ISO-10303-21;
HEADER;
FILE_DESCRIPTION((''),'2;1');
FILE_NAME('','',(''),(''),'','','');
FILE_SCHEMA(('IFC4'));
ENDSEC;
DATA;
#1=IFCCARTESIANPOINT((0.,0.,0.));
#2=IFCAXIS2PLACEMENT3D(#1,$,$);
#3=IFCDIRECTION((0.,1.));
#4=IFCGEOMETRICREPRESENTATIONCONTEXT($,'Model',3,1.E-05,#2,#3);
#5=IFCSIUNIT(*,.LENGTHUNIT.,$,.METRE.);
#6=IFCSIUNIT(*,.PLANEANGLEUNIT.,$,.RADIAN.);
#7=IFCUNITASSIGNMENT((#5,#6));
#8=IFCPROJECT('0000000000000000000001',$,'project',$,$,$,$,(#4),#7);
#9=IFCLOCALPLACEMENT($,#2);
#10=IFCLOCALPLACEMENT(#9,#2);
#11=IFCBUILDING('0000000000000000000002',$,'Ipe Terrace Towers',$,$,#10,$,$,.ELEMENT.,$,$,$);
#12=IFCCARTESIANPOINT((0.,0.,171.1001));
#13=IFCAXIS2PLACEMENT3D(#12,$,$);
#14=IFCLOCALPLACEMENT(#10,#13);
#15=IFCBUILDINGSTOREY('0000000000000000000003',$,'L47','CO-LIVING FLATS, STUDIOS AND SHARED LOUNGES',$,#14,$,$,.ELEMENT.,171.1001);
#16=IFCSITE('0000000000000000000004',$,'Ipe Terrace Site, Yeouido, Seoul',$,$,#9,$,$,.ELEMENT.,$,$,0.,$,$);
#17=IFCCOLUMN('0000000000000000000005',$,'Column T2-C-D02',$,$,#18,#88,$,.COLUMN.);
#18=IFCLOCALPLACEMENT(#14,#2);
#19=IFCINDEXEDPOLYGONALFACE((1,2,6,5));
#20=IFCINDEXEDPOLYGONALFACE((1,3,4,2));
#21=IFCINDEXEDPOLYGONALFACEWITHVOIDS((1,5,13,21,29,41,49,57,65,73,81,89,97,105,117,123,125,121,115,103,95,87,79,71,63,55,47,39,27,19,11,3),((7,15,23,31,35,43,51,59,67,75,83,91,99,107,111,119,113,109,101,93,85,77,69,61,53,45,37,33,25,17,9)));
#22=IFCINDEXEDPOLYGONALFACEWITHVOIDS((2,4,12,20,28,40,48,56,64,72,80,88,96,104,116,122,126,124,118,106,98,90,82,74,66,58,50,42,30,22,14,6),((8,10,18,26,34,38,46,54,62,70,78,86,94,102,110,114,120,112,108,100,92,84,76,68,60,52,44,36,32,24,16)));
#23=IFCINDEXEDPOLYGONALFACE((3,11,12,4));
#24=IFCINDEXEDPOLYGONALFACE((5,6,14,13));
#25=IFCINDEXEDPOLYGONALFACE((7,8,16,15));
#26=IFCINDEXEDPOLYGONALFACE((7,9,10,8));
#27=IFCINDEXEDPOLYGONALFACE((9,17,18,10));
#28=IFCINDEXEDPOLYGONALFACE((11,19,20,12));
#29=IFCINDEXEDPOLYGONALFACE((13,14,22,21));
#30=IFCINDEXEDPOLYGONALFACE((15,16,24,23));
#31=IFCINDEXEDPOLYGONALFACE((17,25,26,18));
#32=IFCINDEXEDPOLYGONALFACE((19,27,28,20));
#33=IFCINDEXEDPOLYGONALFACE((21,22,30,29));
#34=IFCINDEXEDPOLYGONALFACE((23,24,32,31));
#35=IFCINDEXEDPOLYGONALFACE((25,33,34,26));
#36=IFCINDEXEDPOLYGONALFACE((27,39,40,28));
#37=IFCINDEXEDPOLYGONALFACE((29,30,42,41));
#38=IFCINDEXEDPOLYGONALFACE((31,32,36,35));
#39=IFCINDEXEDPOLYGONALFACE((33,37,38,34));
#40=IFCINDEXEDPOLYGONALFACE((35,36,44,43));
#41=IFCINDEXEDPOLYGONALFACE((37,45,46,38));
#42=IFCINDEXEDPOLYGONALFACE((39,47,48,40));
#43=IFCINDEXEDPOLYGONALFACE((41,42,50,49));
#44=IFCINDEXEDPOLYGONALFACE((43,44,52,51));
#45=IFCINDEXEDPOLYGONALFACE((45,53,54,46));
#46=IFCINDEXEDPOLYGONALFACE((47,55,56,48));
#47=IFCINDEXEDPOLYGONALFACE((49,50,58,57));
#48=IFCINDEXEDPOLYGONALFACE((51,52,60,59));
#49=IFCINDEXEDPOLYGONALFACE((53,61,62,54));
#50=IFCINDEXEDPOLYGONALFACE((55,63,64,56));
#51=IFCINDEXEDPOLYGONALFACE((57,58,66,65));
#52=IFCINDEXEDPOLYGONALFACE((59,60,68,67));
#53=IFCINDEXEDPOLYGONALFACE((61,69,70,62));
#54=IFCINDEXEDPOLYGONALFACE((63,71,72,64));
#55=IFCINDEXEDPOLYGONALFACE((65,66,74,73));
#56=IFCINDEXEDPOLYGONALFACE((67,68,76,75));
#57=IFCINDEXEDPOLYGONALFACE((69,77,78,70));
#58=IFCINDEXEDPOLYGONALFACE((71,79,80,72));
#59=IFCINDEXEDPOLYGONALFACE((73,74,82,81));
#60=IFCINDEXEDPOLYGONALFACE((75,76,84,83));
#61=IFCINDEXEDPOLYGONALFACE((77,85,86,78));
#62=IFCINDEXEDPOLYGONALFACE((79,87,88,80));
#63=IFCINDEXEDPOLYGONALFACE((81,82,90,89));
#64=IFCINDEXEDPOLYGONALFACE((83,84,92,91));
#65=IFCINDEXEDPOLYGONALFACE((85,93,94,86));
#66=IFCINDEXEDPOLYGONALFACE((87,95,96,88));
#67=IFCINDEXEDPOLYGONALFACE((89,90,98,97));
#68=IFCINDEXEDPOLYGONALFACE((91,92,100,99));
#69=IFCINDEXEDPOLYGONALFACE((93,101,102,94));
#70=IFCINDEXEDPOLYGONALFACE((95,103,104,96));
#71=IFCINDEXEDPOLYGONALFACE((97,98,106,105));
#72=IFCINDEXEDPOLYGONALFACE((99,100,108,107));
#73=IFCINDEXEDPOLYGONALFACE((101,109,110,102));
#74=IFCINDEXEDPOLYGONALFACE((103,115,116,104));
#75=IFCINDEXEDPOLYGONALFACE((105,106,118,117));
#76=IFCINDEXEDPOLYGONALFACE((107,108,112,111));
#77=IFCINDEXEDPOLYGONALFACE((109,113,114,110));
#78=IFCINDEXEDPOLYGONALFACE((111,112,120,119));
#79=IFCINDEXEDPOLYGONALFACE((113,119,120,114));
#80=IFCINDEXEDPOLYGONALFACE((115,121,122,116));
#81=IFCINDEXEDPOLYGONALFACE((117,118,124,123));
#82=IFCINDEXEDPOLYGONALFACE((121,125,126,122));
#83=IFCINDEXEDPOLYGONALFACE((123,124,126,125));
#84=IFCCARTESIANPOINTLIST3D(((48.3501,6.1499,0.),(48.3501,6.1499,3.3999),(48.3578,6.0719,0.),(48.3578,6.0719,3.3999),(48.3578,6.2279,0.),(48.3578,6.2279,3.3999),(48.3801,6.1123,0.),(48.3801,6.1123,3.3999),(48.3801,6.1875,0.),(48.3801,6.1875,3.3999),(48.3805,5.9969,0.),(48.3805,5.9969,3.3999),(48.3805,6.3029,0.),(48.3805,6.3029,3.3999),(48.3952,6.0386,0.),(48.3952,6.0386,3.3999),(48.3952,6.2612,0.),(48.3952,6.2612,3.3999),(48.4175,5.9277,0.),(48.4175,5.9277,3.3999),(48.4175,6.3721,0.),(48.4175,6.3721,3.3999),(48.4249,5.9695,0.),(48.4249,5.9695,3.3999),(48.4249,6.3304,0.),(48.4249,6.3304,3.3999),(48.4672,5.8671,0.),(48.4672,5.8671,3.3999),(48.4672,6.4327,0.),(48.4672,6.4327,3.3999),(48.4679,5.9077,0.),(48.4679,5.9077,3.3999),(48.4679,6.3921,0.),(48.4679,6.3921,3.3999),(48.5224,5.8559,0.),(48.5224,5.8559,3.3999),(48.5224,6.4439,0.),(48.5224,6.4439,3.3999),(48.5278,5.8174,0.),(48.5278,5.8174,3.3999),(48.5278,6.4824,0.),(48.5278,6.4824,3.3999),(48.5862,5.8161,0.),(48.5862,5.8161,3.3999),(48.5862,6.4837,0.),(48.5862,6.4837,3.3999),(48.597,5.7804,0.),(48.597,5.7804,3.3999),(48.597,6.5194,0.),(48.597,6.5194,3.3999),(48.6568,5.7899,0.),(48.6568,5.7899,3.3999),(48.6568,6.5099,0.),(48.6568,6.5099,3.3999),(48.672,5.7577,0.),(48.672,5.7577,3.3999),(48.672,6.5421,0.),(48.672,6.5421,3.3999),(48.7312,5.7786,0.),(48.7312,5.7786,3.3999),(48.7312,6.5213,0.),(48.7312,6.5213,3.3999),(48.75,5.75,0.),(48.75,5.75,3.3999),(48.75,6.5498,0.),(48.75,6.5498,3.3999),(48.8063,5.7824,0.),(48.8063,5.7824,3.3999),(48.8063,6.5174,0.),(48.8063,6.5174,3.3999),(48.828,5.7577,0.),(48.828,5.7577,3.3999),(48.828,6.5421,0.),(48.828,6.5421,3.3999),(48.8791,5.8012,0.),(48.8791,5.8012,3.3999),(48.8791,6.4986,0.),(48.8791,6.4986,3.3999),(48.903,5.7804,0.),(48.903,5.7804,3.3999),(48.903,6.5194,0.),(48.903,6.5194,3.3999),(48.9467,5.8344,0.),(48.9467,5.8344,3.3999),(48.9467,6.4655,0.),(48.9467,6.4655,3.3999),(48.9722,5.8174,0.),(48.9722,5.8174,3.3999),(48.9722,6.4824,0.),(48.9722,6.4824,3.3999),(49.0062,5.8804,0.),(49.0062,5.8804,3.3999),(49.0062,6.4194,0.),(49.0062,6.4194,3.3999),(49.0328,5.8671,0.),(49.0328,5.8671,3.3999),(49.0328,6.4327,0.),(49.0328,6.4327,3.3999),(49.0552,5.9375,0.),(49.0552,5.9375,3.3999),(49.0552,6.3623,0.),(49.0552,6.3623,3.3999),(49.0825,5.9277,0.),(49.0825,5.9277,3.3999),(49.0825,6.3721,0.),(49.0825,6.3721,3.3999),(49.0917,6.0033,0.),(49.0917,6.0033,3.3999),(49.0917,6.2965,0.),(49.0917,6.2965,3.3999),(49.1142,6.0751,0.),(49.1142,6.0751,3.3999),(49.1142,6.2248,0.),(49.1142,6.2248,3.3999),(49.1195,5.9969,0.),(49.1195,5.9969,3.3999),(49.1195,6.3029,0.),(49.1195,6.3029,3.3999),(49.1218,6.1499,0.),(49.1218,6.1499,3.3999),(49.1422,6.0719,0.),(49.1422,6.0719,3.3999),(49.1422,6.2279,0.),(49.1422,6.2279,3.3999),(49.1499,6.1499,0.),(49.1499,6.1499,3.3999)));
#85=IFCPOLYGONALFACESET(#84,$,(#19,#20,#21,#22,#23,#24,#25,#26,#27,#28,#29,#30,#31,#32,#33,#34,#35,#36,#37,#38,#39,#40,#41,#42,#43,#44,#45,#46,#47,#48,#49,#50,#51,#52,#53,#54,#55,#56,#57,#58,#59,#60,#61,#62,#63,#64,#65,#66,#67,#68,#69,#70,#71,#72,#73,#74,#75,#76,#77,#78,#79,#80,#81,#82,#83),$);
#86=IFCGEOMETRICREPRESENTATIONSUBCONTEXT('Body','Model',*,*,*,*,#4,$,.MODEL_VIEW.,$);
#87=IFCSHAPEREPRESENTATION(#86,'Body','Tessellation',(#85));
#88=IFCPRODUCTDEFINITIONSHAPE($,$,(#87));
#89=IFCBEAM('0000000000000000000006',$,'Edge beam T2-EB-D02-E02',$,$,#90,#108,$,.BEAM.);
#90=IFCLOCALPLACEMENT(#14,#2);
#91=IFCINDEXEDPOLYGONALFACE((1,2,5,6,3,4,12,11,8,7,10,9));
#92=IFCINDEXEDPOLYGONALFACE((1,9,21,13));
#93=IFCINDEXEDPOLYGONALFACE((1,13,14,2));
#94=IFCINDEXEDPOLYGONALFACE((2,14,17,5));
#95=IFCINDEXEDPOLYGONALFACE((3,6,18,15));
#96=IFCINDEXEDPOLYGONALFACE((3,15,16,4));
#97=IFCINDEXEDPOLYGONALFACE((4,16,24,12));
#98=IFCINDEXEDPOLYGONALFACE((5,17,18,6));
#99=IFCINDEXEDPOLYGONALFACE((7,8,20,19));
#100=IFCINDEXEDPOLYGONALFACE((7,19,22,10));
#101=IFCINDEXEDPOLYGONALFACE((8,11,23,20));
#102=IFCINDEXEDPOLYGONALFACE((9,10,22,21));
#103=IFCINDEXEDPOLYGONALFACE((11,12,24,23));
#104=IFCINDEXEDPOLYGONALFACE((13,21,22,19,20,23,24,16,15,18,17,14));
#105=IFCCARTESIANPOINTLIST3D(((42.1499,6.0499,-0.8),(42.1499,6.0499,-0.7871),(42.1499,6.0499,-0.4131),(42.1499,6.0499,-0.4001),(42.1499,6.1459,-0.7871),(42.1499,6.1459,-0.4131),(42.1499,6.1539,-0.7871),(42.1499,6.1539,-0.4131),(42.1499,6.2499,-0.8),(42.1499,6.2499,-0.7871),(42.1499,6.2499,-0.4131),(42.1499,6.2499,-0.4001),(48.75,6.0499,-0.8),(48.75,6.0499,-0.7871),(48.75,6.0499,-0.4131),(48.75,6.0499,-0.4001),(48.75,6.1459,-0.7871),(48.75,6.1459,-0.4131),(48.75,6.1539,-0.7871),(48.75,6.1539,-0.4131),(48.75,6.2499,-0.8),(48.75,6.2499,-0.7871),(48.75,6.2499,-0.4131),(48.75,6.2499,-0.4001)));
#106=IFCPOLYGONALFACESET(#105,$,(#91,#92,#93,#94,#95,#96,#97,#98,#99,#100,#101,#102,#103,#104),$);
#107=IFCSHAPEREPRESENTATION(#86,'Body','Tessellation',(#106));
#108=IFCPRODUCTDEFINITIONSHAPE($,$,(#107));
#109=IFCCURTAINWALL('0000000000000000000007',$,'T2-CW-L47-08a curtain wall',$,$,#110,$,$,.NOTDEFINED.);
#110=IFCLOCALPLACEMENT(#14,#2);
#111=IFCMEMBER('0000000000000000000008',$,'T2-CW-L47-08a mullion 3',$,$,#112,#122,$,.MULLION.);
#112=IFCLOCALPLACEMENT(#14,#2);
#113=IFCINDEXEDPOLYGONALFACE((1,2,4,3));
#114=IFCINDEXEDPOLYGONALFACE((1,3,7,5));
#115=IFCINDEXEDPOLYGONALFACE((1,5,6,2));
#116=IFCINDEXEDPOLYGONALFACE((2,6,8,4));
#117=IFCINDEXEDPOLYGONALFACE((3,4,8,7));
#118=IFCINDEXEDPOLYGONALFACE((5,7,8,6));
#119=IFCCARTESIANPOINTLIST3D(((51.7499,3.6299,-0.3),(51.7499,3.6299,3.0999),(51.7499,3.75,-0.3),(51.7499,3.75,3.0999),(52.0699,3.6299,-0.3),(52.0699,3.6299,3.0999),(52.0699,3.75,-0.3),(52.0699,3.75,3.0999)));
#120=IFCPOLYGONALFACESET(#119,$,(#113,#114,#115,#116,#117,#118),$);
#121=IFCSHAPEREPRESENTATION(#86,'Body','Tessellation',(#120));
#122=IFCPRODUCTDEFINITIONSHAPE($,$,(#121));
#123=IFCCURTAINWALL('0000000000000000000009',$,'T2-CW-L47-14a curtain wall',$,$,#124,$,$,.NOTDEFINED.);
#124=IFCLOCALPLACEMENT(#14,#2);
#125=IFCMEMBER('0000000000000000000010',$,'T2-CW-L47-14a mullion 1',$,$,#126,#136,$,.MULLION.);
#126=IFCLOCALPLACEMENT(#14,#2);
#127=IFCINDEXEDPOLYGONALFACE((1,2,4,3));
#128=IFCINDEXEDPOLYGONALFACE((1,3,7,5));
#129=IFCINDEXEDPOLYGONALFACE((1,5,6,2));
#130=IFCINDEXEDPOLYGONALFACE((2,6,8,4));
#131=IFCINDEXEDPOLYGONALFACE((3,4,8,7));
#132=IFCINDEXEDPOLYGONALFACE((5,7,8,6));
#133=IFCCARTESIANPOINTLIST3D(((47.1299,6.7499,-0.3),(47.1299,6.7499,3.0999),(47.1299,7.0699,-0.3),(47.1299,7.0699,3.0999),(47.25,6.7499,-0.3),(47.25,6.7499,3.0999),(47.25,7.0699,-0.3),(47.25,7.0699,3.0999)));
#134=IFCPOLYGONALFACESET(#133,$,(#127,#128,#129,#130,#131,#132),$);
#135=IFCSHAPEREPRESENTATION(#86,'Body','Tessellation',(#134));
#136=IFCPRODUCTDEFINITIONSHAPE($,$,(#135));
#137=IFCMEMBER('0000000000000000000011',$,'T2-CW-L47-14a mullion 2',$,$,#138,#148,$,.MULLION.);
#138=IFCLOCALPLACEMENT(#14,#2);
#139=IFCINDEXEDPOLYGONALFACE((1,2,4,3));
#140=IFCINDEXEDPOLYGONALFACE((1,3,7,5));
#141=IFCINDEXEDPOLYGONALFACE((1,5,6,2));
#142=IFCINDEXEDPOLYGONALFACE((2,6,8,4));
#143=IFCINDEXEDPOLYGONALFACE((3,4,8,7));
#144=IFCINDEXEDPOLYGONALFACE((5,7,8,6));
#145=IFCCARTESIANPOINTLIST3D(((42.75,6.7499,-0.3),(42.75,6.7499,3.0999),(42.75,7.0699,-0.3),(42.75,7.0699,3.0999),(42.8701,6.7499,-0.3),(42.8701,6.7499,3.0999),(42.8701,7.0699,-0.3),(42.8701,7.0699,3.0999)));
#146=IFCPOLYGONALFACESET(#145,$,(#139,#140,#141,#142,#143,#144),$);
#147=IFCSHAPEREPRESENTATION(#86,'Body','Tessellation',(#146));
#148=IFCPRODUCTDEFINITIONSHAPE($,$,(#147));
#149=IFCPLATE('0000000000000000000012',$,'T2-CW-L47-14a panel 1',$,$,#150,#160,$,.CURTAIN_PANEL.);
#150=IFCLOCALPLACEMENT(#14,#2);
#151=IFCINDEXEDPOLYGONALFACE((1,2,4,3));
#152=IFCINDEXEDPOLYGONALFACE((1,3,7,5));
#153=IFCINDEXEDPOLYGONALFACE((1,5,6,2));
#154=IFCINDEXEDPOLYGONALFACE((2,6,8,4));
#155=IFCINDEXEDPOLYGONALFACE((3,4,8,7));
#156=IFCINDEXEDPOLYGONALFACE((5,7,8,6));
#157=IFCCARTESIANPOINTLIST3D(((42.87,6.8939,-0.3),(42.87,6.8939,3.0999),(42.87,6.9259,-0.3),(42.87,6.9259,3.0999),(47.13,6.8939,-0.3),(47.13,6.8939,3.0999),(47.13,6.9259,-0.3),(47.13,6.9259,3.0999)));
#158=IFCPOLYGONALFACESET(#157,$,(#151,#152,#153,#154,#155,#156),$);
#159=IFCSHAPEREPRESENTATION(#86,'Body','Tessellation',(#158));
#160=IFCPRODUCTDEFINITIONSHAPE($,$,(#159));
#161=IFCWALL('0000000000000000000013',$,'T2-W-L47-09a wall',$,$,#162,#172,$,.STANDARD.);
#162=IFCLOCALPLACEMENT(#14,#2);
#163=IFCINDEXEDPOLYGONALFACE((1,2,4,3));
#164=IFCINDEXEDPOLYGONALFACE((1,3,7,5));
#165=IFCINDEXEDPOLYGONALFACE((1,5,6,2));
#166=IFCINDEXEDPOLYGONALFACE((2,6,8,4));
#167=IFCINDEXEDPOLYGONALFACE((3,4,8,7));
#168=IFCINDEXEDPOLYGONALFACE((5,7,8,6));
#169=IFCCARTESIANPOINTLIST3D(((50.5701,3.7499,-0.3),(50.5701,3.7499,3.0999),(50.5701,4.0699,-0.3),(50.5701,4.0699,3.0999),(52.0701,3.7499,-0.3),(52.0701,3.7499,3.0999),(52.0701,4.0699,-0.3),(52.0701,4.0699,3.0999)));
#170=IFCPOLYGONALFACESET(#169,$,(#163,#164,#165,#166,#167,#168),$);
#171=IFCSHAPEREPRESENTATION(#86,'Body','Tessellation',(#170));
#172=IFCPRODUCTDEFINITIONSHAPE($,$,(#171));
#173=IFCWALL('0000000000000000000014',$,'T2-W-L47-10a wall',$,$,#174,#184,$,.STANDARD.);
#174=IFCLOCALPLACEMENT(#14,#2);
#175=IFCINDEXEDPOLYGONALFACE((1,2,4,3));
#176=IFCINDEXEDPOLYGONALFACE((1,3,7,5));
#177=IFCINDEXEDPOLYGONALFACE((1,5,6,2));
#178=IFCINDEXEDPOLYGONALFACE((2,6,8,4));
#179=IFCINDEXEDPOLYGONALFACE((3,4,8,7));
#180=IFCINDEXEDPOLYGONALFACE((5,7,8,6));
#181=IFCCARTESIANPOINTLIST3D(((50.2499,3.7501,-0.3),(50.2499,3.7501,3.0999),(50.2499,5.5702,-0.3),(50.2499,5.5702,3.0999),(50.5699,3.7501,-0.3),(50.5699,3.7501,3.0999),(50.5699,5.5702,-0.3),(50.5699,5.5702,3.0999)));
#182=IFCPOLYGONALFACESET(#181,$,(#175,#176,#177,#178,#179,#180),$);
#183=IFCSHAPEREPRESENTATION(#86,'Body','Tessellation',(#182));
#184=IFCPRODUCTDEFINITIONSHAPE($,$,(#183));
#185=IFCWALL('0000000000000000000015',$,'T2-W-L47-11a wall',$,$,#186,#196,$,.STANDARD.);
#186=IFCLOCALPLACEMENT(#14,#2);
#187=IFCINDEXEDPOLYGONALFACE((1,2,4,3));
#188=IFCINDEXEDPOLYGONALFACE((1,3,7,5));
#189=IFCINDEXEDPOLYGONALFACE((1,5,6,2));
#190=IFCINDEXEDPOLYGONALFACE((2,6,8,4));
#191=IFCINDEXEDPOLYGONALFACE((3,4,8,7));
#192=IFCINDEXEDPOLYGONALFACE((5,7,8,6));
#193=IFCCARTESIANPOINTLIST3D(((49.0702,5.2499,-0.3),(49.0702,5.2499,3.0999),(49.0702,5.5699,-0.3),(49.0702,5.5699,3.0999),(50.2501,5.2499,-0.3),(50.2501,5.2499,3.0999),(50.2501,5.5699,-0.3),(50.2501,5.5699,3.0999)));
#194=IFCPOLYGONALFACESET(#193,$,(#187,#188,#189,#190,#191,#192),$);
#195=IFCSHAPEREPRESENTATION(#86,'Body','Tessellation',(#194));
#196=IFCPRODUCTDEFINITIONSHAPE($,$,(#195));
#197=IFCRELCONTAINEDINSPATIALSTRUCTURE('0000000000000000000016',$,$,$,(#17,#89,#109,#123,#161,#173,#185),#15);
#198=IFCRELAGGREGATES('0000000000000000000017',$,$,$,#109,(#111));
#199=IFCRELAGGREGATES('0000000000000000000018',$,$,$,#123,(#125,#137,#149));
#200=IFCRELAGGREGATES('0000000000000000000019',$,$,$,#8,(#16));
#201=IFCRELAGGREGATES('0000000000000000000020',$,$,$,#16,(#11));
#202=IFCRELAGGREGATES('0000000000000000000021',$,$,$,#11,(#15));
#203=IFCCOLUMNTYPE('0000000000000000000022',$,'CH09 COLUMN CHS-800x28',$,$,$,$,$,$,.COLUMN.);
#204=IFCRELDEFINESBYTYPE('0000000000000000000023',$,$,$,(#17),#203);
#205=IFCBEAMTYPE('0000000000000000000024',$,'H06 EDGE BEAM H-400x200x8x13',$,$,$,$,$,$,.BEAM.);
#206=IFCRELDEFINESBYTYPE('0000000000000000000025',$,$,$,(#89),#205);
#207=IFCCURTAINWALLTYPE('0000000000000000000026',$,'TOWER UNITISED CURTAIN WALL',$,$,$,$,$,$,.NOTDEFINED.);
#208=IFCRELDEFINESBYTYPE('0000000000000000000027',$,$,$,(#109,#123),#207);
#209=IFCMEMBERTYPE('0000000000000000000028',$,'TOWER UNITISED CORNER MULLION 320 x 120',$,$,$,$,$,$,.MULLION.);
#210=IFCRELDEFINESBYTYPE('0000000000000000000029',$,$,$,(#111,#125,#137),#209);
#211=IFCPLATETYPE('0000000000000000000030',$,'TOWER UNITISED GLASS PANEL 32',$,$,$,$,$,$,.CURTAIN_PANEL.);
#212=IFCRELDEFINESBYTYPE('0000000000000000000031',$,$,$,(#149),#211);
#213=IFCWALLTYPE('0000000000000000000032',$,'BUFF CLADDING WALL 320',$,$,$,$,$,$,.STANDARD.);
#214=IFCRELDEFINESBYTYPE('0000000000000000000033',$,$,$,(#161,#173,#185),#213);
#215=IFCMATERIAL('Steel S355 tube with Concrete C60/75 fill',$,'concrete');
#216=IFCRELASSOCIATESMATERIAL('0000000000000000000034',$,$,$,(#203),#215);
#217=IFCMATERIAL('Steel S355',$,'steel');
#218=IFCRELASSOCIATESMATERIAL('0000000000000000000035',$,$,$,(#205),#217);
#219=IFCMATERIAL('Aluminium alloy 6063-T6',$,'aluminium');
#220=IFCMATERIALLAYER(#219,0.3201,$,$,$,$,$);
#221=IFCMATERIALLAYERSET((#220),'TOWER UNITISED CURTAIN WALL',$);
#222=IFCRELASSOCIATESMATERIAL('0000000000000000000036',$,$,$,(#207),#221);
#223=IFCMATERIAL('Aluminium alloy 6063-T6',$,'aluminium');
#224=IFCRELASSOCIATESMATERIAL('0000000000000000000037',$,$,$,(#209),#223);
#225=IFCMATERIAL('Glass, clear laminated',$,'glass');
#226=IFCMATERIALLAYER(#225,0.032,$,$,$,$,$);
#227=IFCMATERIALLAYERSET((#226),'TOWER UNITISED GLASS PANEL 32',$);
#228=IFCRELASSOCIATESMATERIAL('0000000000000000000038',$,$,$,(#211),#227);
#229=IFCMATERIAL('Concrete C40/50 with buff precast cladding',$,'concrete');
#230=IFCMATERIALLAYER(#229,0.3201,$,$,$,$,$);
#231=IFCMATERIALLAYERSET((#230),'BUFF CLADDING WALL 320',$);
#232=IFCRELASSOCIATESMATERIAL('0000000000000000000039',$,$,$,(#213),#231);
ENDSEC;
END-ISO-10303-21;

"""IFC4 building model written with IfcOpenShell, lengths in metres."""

from ifc_helpers import new_model, si_unit, direction, frame, frame_2d, origin, origin_2d, place, context, subcontext, project, spatial, rectangle, hollow_circle, i_section, extrude, material, layer, layer_set, material_profile, profile_set, type_object, element, aggregate, save


model = new_model("IFC4")

# Units and contexts
model_context = context("Model", 3, precision=1e-05, world=origin(), true_north=direction((0.0, 1.0)))
body_context = subcontext(model_context, "Body", "Model", "MODEL_VIEW")
ifc_project = project(units=[si_unit("LENGTHUNIT", "METRE"), si_unit("PLANEANGLEUNIT", "RADIAN")], contexts=[model_context])

# Site, building, storey
site_placement = place(None, origin())
site = spatial("IfcSite", under=ifc_project, at=site_placement, Name="Ipe Terrace Site, Yeouido, Seoul", CompositionType="ELEMENT", RefElevation=0.0)
building_placement = place(site_placement, origin())
building = spatial("IfcBuilding", under=site, at=building_placement, Name="Ipe Terrace Towers", CompositionType="ELEMENT")
storey_placement = place(building_placement, frame((0.0, 0.0, 171.1001)))
storey = spatial("IfcBuildingStorey", under=building, at=storey_placement, Name="L47", Description="CO-LIVING FLATS, STUDIOS AND SHARED LOUNGES", CompositionType="ELEMENT", Elevation=171.1001)

# Column
ifc_material_1 = material(Name="Steel S355 tube with Concrete C60/75 fill", Category="concrete")
ifc_material_profile_1 = material_profile(ifc_material_1, hollow_circle(Radius=0.3999, WallThickness=0.0281, at=origin_2d()), Name="CHS-800x28")
ifc_profile_set_1 = profile_set([ifc_material_profile_1], Name="Steel S355 tube with Concrete C60/75 fill")
column_type = type_object("IfcColumnType", Name="CH09 COLUMN CHS-800x28", PredefinedType="COLUMN", material=ifc_profile_set_1)
column_placement = place(storey_placement, frame((48.75, 6.1499, 0.0), z_axis=(0.0, 0.0, 1.0), x_axis=(1.0, 0.0, 0.0)))
element("IfcColumn", 1, at=column_placement, inside=storey, type_object=column_type, Name="Column T2-C-D02", PredefinedType="COLUMN", context=body_context, shape_type="SweptSolid", body=[
    extrude(hollow_circle(Radius=0.3999, WallThickness=0.0281, at=origin_2d()), origin(), (0.0, 0.0, 1.0), 3.3999),
])

# Beam
ifc_material_2 = material(Name="Steel S355", Category="steel")
ifc_material_profile_2 = material_profile(ifc_material_2, i_section(OverallWidth=0.2, OverallDepth=0.3999, WebThickness=0.0081, FlangeThickness=0.0129, at=origin_2d()), Name="H-400x200x8x13")
ifc_profile_set_2 = profile_set([ifc_material_profile_2], Name="Steel S355")
beam_type = type_object("IfcBeamType", Name="H06 EDGE BEAM H-400x200x8x13", PredefinedType="BEAM", material=ifc_profile_set_2)
beam_placement = place(storey_placement, frame((48.75, 6.1499, -0.6001), z_axis=(-1.0, 0.0, 0.0), x_axis=(0.0, -1.0, 0.0)))
element("IfcBeam", 2, at=beam_placement, inside=storey, type_object=beam_type, Name="Edge beam T2-EB-D02-E02", PredefinedType="BEAM", context=body_context, shape_type="SweptSolid", body=[
    extrude(i_section(OverallWidth=0.2, OverallDepth=0.3999, WebThickness=0.0081, FlangeThickness=0.0129, at=origin_2d()), origin(), (0.0, 0.0, 1.0), 6.6001),
])

# Curtain wall, member
ifc_material_3 = material(Name="Aluminium alloy 6063-T6", Category="aluminium")
ifc_layer_1 = layer(ifc_material_3, 0.3201)
ifc_layer_set_1 = layer_set([ifc_layer_1], Name="TOWER UNITISED CURTAIN WALL")
curtain_wall_type = type_object("IfcCurtainWallType", Name="TOWER UNITISED CURTAIN WALL", PredefinedType="NOTDEFINED", material=ifc_layer_set_1)
curtain_wall_1_placement = place(storey_placement, origin())
curtain_wall_1 = element("IfcCurtainWall", 3, at=curtain_wall_1_placement, inside=storey, type_object=curtain_wall_type, Name="T2-CW-L47-08a curtain wall", PredefinedType="NOTDEFINED")
ifc_material_4 = material(Name="Aluminium alloy 6063-T6", Category="aluminium")
ifc_material_profile_3 = material_profile(ifc_material_4, rectangle(XDim=0.3201, YDim=0.1201, at=origin_2d()), Name="TOWER UNITISED CORNER MULLION 320 x 120")
ifc_profile_set_3 = profile_set([ifc_material_profile_3], Name="Aluminium alloy 6063-T6")
member_type = type_object("IfcMemberType", Name="TOWER UNITISED CORNER MULLION 320 x 120", PredefinedType="MULLION", material=ifc_profile_set_3)
member_1_placement = place(storey_placement, frame((51.9099, 3.6899, -0.3), z_axis=(0.0, 0.0, 1.0), x_axis=(1.0, 0.0, 0.0)))
member_1 = element("IfcMember", 4, at=member_1_placement, type_object=member_type, Name="T2-CW-L47-08a mullion 3", PredefinedType="MULLION", context=body_context, shape_type="SweptSolid", body=[
    extrude(rectangle(XDim=0.3201, YDim=0.1201, at=origin_2d()), origin(), (0.0, 0.0, 1.0), 3.3999),
])
aggregate(curtain_wall_1, [member_1])

# Curtain wall, members, plate
curtain_wall_2_placement = place(storey_placement, origin())
curtain_wall_2 = element("IfcCurtainWall", 5, at=curtain_wall_2_placement, inside=storey, type_object=curtain_wall_type, Name="T2-CW-L47-14a curtain wall", PredefinedType="NOTDEFINED")
member_2_placement = place(storey_placement, frame((47.1899, 6.9099, -0.3), z_axis=(0.0, 0.0, 1.0), x_axis=(0.0, 1.0, 0.0)))
member_2 = element("IfcMember", 6, at=member_2_placement, type_object=member_type, Name="T2-CW-L47-14a mullion 1", PredefinedType="MULLION", context=body_context, shape_type="SweptSolid", body=[
    extrude(rectangle(XDim=0.3201, YDim=0.1201, at=origin_2d()), origin(), (0.0, 0.0, 1.0), 3.3999),
])
member_3_placement = place(storey_placement, frame((42.8101, 6.9099, -0.3), z_axis=(0.0, 0.0, 1.0), x_axis=(0.0, 1.0, 0.0)))
member_3 = element("IfcMember", 7, at=member_3_placement, type_object=member_type, Name="T2-CW-L47-14a mullion 2", PredefinedType="MULLION", context=body_context, shape_type="SweptSolid", body=[
    extrude(rectangle(XDim=0.3201, YDim=0.1201, at=origin_2d()), origin(), (0.0, 0.0, 1.0), 3.3999),
])
ifc_material_5 = material(Name="Glass, clear laminated", Category="glass")
ifc_layer_2 = layer(ifc_material_5, 0.032)
ifc_layer_set_2 = layer_set([ifc_layer_2], Name="TOWER UNITISED GLASS PANEL 32")
plate_type = type_object("IfcPlateType", Name="TOWER UNITISED GLASS PANEL 32", PredefinedType="CURTAIN_PANEL", material=ifc_layer_set_2)
plate_placement = place(storey_placement, frame((45.0, 6.9099, -0.3), z_axis=(0.0, 0.0, 1.0), x_axis=(-1.0, 0.0, 0.0)))
plate = element("IfcPlate", 8, at=plate_placement, type_object=plate_type, Name="T2-CW-L47-14a panel 1", PredefinedType="CURTAIN_PANEL", context=body_context, shape_type="SweptSolid", body=[
    extrude(rectangle(XDim=4.26, YDim=0.032, at=origin_2d()), origin(), (0.0, 0.0, 1.0), 3.3999),
])
aggregate(curtain_wall_2, [member_2, member_3, plate])

# Walls
ifc_material_6 = material(Name="Concrete C40/50 with buff precast cladding", Category="concrete")
ifc_layer_3 = layer(ifc_material_6, 0.3201)
ifc_layer_set_3 = layer_set([ifc_layer_3], Name="BUFF CLADDING WALL 320")
wall_type = type_object("IfcWallType", Name="BUFF CLADDING WALL 320", PredefinedType="STANDARD", material=ifc_layer_set_3)
wall_1_placement = place(storey_placement, frame((52.0701, 3.9099, -0.3), z_axis=(0.0, 0.0, 1.0), x_axis=(-1.0, 0.0, 0.0)))
element("IfcWall", 9, at=wall_1_placement, inside=storey, type_object=wall_type, Name="T2-W-L47-09a wall", PredefinedType="STANDARD", context=body_context, shape_type="SweptSolid", body=[
    extrude(rectangle(XDim=1.5, YDim=0.3201, at=frame_2d((0.75, 0.0))), origin(), (0.0, 0.0, 1.0), 3.3999),
])
wall_2_placement = place(storey_placement, frame((50.4099, 3.75, -0.3), z_axis=(0.0, 0.0, 1.0), x_axis=(0.0, 1.0, 0.0)))
element("IfcWall", 10, at=wall_2_placement, inside=storey, type_object=wall_type, Name="T2-W-L47-10a wall", PredefinedType="STANDARD", context=body_context, shape_type="SweptSolid", body=[
    extrude(rectangle(XDim=1.8201, YDim=0.3201, at=frame_2d((0.9102, 0.0))), origin(), (0.0, 0.0, 1.0), 3.3999),
])
wall_3_placement = place(storey_placement, frame((50.25, 5.4099, -0.3), z_axis=(0.0, 0.0, 1.0), x_axis=(-1.0, 0.0, 0.0)))
element("IfcWall", 11, at=wall_3_placement, inside=storey, type_object=wall_type, Name="T2-W-L47-11a wall", PredefinedType="STANDARD", context=body_context, shape_type="SweptSolid", body=[
    extrude(rectangle(XDim=1.1799, YDim=0.3201, at=frame_2d((0.5898, 0.0))), origin(), (0.0, 0.0, 1.0), 3.3999),
])

save(model, "model.ifc")
